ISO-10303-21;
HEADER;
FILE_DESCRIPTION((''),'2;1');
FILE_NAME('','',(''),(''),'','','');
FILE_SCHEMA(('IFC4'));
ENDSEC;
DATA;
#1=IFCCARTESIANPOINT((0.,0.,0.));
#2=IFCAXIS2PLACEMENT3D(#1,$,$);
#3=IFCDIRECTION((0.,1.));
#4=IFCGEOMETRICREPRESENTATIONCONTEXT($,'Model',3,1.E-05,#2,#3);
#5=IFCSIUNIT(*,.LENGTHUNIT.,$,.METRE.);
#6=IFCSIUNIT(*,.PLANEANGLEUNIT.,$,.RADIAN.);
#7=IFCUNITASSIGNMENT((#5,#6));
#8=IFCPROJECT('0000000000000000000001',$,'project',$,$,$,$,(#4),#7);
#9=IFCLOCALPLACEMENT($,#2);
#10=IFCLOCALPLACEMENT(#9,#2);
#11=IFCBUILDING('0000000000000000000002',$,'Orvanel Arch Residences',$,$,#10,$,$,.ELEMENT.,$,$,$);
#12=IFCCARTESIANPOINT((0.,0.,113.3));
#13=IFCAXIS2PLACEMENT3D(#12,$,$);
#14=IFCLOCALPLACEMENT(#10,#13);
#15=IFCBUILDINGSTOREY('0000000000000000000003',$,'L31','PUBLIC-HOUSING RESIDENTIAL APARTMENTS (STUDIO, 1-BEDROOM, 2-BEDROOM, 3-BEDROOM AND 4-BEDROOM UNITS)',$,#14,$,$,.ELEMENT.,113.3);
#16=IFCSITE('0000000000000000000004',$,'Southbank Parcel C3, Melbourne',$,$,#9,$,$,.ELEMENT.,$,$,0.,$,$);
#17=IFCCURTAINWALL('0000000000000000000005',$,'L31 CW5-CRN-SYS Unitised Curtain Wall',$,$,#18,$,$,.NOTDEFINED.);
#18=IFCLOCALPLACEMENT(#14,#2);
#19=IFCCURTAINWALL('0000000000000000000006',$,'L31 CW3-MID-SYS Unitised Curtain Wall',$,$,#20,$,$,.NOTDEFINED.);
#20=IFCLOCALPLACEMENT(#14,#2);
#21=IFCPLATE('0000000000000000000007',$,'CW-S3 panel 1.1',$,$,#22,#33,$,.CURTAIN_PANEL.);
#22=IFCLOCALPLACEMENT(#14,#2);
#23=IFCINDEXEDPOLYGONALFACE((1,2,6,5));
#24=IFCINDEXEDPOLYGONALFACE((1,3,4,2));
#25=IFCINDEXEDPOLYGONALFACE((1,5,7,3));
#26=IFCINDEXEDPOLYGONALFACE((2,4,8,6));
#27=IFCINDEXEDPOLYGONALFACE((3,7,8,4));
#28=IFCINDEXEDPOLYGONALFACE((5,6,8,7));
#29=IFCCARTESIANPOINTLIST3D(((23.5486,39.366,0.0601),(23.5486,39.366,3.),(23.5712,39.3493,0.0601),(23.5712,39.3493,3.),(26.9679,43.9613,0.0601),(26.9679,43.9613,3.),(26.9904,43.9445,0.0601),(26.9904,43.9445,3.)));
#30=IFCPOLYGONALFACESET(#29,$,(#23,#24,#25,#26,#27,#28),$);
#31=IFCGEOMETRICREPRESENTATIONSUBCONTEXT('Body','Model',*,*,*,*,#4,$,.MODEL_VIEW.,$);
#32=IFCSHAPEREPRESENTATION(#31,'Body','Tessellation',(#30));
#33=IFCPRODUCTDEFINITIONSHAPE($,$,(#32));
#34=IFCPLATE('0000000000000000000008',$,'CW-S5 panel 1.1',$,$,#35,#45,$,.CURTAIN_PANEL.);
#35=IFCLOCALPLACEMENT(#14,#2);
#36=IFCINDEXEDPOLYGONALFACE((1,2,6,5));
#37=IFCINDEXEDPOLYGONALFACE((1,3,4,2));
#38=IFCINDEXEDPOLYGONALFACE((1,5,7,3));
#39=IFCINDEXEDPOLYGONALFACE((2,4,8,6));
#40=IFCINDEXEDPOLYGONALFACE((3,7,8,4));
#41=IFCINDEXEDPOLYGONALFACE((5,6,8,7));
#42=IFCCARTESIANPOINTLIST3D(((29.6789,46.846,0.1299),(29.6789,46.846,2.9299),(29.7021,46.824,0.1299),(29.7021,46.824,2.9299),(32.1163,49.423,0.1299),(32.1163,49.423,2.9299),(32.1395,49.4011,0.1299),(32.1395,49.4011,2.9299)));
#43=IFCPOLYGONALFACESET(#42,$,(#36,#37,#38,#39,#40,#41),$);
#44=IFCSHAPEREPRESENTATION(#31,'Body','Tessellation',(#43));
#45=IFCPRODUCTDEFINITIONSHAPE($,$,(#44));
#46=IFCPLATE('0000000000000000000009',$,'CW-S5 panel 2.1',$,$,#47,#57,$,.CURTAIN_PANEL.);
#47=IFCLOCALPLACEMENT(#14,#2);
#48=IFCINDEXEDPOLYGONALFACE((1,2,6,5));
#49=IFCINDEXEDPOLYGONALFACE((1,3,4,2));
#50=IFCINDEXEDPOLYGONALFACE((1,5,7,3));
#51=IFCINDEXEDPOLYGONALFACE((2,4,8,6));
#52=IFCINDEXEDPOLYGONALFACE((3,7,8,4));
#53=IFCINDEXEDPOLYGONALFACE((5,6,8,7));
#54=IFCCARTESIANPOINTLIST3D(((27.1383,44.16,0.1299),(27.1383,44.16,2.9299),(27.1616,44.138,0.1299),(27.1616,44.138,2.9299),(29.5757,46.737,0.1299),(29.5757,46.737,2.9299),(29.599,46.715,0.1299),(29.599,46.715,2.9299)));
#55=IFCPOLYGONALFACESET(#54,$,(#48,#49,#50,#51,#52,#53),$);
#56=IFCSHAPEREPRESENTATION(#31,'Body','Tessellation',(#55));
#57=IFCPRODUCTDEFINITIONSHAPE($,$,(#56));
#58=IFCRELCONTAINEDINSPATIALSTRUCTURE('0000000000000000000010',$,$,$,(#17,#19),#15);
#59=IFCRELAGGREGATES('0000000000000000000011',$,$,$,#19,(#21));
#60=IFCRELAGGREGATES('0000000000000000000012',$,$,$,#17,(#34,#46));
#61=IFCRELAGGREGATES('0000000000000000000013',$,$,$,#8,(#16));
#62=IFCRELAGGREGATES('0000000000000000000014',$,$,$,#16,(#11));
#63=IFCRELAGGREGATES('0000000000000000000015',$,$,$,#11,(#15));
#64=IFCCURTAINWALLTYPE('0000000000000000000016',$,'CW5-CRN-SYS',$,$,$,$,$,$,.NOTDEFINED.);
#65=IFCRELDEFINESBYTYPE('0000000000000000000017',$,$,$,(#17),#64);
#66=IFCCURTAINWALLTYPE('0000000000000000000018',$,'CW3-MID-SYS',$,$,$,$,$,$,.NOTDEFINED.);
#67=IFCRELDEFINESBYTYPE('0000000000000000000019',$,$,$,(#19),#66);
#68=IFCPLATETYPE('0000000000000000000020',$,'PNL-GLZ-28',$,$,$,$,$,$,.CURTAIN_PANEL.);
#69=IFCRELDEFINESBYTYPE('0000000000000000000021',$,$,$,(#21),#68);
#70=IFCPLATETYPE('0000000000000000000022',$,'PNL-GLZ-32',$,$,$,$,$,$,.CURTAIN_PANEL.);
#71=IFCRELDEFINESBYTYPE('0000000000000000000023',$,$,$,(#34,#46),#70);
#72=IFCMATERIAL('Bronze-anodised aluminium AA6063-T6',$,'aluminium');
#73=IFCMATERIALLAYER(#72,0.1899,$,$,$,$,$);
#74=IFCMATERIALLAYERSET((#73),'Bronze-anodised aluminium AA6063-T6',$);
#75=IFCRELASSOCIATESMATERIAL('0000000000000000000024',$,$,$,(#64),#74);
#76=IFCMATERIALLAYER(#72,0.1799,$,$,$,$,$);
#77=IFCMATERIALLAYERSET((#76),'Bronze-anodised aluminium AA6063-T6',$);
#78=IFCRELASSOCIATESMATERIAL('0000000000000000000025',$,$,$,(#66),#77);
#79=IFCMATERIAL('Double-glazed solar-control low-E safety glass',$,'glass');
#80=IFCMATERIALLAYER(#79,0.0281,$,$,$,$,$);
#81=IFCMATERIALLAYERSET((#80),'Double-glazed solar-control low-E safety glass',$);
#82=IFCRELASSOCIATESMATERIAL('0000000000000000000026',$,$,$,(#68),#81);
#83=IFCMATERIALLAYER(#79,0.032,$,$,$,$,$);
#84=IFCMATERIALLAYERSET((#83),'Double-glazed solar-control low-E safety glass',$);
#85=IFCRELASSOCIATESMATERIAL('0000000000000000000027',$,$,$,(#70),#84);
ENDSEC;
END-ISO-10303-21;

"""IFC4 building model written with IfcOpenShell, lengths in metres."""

from ifc_helpers import new_model, si_unit, direction, frame, origin, origin_2d, place, context, subcontext, project, spatial, rectangle, extrude, material, layer, layer_set, type_object, element, aggregate, save


model = new_model("IFC4")

# Units and contexts
model_context = context("Model", 3, precision=1e-05, world=origin(), true_north=direction((0.0, 1.0)))
body_context = subcontext(model_context, "Body", "Model", "MODEL_VIEW")
ifc_project = project(units=[si_unit("LENGTHUNIT", "METRE"), si_unit("PLANEANGLEUNIT", "RADIAN")], contexts=[model_context])

# Site, building, storey
site_placement = place(None, origin())
site = spatial("IfcSite", under=ifc_project, at=site_placement, Name="Southbank Parcel C3, Melbourne", CompositionType="ELEMENT", RefElevation=0.0)
building_placement = place(site_placement, origin())
building = spatial("IfcBuilding", under=site, at=building_placement, Name="Orvanel Arch Residences", CompositionType="ELEMENT")
storey_placement = place(building_placement, frame((0.0, 0.0, 113.3)))
storey = spatial("IfcBuildingStorey", under=building, at=storey_placement, Name="L31", Description="PUBLIC-HOUSING RESIDENTIAL APARTMENTS (STUDIO, 1-BEDROOM, 2-BEDROOM, 3-BEDROOM AND 4-BEDROOM UNITS)", CompositionType="ELEMENT", Elevation=113.3)

# Shared definitions
ifc_material_1 = material(Name="Bronze-anodised aluminium AA6063-T6", Category="aluminium")
ifc_layer_1 = layer(ifc_material_1, 0.1899)
ifc_layer_set_1 = layer_set([ifc_layer_1], Name="Bronze-anodised aluminium AA6063-T6")
curtain_wall_type_1 = type_object("IfcCurtainWallType", Name="CW5-CRN-SYS", PredefinedType="NOTDEFINED", material=ifc_layer_set_1)

# Curtain wall
curtain_wall_1_placement = place(storey_placement, origin())
curtain_wall_1 = element("IfcCurtainWall", 1, at=curtain_wall_1_placement, inside=storey, type_object=curtain_wall_type_1, Name="L31 CW5-CRN-SYS Unitised Curtain Wall", PredefinedType="NOTDEFINED")

# Curtain wall
ifc_layer_2 = layer(ifc_material_1, 0.1799)
ifc_layer_set_2 = layer_set([ifc_layer_2], Name="Bronze-anodised aluminium AA6063-T6")
curtain_wall_type_2 = type_object("IfcCurtainWallType", Name="CW3-MID-SYS", PredefinedType="NOTDEFINED", material=ifc_layer_set_2)
curtain_wall_2_placement = place(storey_placement, origin())
curtain_wall_2 = element("IfcCurtainWall", 2, at=curtain_wall_2_placement, inside=storey, type_object=curtain_wall_type_2, Name="L31 CW3-MID-SYS Unitised Curtain Wall", PredefinedType="NOTDEFINED")

# Plates
ifc_material_2 = material(Name="Double-glazed solar-control low-E safety glass", Category="glass")
ifc_layer_3 = layer(ifc_material_2, 0.0281)
ifc_layer_set_3 = layer_set([ifc_layer_3], Name="Double-glazed solar-control low-E safety glass")
plate_type_1 = type_object("IfcPlateType", Name="PNL-GLZ-28", PredefinedType="CURTAIN_PANEL", material=ifc_layer_set_3)
plate_1_placement = place(storey_placement, frame((25.2695, 41.6553, 0.0601), z_axis=(0.0, 0.0, 1.0), x_axis=(-0.596965, -0.802268, 0.0)))
plate_1 = element("IfcPlate", 3, at=plate_1_placement, type_object=plate_type_1, Name="CW-S3 panel 1.1", PredefinedType="CURTAIN_PANEL", context=body_context, shape_type="SweptSolid", body=[
    extrude(rectangle(XDim=5.7278, YDim=0.0281, at=origin_2d()), origin(), (0.0, 0.0, 1.0), 2.9399),
])
aggregate(curtain_wall_2, [plate_1])
ifc_layer_4 = layer(ifc_material_2, 0.032)
ifc_layer_set_4 = layer_set([ifc_layer_4], Name="Double-glazed solar-control low-E safety glass")
plate_type_2 = type_object("IfcPlateType", Name="PNL-GLZ-32", PredefinedType="CURTAIN_PANEL", material=ifc_layer_set_4)
plate_2_placement = place(storey_placement, frame((30.9092, 48.1235, 0.1299), z_axis=(0.0, 0.0, 1.0), x_axis=(-0.687149, -0.726517, 0.0)))
plate_2 = element("IfcPlate", 4, at=plate_2_placement, type_object=plate_type_2, Name="CW-S5 panel 1.1", PredefinedType="CURTAIN_PANEL", context=body_context, shape_type="SweptSolid", body=[
    extrude(rectangle(XDim=3.5471, YDim=0.032, at=origin_2d()), origin(), (0.0, 0.0, 1.0), 2.8),
])
plate_3_placement = place(storey_placement, frame((28.3687, 45.4375, 0.1299), z_axis=(0.0, 0.0, 1.0), x_axis=(-0.687149, -0.726517, 0.0)))
plate_3 = element("IfcPlate", 5, at=plate_3_placement, type_object=plate_type_2, Name="CW-S5 panel 2.1", PredefinedType="CURTAIN_PANEL", context=body_context, shape_type="SweptSolid", body=[
    extrude(rectangle(XDim=3.5471, YDim=0.032, at=origin_2d()), origin(), (0.0, 0.0, 1.0), 2.8),
])
aggregate(curtain_wall_1, [plate_2, plate_3])

save(model, "model.ifc")
